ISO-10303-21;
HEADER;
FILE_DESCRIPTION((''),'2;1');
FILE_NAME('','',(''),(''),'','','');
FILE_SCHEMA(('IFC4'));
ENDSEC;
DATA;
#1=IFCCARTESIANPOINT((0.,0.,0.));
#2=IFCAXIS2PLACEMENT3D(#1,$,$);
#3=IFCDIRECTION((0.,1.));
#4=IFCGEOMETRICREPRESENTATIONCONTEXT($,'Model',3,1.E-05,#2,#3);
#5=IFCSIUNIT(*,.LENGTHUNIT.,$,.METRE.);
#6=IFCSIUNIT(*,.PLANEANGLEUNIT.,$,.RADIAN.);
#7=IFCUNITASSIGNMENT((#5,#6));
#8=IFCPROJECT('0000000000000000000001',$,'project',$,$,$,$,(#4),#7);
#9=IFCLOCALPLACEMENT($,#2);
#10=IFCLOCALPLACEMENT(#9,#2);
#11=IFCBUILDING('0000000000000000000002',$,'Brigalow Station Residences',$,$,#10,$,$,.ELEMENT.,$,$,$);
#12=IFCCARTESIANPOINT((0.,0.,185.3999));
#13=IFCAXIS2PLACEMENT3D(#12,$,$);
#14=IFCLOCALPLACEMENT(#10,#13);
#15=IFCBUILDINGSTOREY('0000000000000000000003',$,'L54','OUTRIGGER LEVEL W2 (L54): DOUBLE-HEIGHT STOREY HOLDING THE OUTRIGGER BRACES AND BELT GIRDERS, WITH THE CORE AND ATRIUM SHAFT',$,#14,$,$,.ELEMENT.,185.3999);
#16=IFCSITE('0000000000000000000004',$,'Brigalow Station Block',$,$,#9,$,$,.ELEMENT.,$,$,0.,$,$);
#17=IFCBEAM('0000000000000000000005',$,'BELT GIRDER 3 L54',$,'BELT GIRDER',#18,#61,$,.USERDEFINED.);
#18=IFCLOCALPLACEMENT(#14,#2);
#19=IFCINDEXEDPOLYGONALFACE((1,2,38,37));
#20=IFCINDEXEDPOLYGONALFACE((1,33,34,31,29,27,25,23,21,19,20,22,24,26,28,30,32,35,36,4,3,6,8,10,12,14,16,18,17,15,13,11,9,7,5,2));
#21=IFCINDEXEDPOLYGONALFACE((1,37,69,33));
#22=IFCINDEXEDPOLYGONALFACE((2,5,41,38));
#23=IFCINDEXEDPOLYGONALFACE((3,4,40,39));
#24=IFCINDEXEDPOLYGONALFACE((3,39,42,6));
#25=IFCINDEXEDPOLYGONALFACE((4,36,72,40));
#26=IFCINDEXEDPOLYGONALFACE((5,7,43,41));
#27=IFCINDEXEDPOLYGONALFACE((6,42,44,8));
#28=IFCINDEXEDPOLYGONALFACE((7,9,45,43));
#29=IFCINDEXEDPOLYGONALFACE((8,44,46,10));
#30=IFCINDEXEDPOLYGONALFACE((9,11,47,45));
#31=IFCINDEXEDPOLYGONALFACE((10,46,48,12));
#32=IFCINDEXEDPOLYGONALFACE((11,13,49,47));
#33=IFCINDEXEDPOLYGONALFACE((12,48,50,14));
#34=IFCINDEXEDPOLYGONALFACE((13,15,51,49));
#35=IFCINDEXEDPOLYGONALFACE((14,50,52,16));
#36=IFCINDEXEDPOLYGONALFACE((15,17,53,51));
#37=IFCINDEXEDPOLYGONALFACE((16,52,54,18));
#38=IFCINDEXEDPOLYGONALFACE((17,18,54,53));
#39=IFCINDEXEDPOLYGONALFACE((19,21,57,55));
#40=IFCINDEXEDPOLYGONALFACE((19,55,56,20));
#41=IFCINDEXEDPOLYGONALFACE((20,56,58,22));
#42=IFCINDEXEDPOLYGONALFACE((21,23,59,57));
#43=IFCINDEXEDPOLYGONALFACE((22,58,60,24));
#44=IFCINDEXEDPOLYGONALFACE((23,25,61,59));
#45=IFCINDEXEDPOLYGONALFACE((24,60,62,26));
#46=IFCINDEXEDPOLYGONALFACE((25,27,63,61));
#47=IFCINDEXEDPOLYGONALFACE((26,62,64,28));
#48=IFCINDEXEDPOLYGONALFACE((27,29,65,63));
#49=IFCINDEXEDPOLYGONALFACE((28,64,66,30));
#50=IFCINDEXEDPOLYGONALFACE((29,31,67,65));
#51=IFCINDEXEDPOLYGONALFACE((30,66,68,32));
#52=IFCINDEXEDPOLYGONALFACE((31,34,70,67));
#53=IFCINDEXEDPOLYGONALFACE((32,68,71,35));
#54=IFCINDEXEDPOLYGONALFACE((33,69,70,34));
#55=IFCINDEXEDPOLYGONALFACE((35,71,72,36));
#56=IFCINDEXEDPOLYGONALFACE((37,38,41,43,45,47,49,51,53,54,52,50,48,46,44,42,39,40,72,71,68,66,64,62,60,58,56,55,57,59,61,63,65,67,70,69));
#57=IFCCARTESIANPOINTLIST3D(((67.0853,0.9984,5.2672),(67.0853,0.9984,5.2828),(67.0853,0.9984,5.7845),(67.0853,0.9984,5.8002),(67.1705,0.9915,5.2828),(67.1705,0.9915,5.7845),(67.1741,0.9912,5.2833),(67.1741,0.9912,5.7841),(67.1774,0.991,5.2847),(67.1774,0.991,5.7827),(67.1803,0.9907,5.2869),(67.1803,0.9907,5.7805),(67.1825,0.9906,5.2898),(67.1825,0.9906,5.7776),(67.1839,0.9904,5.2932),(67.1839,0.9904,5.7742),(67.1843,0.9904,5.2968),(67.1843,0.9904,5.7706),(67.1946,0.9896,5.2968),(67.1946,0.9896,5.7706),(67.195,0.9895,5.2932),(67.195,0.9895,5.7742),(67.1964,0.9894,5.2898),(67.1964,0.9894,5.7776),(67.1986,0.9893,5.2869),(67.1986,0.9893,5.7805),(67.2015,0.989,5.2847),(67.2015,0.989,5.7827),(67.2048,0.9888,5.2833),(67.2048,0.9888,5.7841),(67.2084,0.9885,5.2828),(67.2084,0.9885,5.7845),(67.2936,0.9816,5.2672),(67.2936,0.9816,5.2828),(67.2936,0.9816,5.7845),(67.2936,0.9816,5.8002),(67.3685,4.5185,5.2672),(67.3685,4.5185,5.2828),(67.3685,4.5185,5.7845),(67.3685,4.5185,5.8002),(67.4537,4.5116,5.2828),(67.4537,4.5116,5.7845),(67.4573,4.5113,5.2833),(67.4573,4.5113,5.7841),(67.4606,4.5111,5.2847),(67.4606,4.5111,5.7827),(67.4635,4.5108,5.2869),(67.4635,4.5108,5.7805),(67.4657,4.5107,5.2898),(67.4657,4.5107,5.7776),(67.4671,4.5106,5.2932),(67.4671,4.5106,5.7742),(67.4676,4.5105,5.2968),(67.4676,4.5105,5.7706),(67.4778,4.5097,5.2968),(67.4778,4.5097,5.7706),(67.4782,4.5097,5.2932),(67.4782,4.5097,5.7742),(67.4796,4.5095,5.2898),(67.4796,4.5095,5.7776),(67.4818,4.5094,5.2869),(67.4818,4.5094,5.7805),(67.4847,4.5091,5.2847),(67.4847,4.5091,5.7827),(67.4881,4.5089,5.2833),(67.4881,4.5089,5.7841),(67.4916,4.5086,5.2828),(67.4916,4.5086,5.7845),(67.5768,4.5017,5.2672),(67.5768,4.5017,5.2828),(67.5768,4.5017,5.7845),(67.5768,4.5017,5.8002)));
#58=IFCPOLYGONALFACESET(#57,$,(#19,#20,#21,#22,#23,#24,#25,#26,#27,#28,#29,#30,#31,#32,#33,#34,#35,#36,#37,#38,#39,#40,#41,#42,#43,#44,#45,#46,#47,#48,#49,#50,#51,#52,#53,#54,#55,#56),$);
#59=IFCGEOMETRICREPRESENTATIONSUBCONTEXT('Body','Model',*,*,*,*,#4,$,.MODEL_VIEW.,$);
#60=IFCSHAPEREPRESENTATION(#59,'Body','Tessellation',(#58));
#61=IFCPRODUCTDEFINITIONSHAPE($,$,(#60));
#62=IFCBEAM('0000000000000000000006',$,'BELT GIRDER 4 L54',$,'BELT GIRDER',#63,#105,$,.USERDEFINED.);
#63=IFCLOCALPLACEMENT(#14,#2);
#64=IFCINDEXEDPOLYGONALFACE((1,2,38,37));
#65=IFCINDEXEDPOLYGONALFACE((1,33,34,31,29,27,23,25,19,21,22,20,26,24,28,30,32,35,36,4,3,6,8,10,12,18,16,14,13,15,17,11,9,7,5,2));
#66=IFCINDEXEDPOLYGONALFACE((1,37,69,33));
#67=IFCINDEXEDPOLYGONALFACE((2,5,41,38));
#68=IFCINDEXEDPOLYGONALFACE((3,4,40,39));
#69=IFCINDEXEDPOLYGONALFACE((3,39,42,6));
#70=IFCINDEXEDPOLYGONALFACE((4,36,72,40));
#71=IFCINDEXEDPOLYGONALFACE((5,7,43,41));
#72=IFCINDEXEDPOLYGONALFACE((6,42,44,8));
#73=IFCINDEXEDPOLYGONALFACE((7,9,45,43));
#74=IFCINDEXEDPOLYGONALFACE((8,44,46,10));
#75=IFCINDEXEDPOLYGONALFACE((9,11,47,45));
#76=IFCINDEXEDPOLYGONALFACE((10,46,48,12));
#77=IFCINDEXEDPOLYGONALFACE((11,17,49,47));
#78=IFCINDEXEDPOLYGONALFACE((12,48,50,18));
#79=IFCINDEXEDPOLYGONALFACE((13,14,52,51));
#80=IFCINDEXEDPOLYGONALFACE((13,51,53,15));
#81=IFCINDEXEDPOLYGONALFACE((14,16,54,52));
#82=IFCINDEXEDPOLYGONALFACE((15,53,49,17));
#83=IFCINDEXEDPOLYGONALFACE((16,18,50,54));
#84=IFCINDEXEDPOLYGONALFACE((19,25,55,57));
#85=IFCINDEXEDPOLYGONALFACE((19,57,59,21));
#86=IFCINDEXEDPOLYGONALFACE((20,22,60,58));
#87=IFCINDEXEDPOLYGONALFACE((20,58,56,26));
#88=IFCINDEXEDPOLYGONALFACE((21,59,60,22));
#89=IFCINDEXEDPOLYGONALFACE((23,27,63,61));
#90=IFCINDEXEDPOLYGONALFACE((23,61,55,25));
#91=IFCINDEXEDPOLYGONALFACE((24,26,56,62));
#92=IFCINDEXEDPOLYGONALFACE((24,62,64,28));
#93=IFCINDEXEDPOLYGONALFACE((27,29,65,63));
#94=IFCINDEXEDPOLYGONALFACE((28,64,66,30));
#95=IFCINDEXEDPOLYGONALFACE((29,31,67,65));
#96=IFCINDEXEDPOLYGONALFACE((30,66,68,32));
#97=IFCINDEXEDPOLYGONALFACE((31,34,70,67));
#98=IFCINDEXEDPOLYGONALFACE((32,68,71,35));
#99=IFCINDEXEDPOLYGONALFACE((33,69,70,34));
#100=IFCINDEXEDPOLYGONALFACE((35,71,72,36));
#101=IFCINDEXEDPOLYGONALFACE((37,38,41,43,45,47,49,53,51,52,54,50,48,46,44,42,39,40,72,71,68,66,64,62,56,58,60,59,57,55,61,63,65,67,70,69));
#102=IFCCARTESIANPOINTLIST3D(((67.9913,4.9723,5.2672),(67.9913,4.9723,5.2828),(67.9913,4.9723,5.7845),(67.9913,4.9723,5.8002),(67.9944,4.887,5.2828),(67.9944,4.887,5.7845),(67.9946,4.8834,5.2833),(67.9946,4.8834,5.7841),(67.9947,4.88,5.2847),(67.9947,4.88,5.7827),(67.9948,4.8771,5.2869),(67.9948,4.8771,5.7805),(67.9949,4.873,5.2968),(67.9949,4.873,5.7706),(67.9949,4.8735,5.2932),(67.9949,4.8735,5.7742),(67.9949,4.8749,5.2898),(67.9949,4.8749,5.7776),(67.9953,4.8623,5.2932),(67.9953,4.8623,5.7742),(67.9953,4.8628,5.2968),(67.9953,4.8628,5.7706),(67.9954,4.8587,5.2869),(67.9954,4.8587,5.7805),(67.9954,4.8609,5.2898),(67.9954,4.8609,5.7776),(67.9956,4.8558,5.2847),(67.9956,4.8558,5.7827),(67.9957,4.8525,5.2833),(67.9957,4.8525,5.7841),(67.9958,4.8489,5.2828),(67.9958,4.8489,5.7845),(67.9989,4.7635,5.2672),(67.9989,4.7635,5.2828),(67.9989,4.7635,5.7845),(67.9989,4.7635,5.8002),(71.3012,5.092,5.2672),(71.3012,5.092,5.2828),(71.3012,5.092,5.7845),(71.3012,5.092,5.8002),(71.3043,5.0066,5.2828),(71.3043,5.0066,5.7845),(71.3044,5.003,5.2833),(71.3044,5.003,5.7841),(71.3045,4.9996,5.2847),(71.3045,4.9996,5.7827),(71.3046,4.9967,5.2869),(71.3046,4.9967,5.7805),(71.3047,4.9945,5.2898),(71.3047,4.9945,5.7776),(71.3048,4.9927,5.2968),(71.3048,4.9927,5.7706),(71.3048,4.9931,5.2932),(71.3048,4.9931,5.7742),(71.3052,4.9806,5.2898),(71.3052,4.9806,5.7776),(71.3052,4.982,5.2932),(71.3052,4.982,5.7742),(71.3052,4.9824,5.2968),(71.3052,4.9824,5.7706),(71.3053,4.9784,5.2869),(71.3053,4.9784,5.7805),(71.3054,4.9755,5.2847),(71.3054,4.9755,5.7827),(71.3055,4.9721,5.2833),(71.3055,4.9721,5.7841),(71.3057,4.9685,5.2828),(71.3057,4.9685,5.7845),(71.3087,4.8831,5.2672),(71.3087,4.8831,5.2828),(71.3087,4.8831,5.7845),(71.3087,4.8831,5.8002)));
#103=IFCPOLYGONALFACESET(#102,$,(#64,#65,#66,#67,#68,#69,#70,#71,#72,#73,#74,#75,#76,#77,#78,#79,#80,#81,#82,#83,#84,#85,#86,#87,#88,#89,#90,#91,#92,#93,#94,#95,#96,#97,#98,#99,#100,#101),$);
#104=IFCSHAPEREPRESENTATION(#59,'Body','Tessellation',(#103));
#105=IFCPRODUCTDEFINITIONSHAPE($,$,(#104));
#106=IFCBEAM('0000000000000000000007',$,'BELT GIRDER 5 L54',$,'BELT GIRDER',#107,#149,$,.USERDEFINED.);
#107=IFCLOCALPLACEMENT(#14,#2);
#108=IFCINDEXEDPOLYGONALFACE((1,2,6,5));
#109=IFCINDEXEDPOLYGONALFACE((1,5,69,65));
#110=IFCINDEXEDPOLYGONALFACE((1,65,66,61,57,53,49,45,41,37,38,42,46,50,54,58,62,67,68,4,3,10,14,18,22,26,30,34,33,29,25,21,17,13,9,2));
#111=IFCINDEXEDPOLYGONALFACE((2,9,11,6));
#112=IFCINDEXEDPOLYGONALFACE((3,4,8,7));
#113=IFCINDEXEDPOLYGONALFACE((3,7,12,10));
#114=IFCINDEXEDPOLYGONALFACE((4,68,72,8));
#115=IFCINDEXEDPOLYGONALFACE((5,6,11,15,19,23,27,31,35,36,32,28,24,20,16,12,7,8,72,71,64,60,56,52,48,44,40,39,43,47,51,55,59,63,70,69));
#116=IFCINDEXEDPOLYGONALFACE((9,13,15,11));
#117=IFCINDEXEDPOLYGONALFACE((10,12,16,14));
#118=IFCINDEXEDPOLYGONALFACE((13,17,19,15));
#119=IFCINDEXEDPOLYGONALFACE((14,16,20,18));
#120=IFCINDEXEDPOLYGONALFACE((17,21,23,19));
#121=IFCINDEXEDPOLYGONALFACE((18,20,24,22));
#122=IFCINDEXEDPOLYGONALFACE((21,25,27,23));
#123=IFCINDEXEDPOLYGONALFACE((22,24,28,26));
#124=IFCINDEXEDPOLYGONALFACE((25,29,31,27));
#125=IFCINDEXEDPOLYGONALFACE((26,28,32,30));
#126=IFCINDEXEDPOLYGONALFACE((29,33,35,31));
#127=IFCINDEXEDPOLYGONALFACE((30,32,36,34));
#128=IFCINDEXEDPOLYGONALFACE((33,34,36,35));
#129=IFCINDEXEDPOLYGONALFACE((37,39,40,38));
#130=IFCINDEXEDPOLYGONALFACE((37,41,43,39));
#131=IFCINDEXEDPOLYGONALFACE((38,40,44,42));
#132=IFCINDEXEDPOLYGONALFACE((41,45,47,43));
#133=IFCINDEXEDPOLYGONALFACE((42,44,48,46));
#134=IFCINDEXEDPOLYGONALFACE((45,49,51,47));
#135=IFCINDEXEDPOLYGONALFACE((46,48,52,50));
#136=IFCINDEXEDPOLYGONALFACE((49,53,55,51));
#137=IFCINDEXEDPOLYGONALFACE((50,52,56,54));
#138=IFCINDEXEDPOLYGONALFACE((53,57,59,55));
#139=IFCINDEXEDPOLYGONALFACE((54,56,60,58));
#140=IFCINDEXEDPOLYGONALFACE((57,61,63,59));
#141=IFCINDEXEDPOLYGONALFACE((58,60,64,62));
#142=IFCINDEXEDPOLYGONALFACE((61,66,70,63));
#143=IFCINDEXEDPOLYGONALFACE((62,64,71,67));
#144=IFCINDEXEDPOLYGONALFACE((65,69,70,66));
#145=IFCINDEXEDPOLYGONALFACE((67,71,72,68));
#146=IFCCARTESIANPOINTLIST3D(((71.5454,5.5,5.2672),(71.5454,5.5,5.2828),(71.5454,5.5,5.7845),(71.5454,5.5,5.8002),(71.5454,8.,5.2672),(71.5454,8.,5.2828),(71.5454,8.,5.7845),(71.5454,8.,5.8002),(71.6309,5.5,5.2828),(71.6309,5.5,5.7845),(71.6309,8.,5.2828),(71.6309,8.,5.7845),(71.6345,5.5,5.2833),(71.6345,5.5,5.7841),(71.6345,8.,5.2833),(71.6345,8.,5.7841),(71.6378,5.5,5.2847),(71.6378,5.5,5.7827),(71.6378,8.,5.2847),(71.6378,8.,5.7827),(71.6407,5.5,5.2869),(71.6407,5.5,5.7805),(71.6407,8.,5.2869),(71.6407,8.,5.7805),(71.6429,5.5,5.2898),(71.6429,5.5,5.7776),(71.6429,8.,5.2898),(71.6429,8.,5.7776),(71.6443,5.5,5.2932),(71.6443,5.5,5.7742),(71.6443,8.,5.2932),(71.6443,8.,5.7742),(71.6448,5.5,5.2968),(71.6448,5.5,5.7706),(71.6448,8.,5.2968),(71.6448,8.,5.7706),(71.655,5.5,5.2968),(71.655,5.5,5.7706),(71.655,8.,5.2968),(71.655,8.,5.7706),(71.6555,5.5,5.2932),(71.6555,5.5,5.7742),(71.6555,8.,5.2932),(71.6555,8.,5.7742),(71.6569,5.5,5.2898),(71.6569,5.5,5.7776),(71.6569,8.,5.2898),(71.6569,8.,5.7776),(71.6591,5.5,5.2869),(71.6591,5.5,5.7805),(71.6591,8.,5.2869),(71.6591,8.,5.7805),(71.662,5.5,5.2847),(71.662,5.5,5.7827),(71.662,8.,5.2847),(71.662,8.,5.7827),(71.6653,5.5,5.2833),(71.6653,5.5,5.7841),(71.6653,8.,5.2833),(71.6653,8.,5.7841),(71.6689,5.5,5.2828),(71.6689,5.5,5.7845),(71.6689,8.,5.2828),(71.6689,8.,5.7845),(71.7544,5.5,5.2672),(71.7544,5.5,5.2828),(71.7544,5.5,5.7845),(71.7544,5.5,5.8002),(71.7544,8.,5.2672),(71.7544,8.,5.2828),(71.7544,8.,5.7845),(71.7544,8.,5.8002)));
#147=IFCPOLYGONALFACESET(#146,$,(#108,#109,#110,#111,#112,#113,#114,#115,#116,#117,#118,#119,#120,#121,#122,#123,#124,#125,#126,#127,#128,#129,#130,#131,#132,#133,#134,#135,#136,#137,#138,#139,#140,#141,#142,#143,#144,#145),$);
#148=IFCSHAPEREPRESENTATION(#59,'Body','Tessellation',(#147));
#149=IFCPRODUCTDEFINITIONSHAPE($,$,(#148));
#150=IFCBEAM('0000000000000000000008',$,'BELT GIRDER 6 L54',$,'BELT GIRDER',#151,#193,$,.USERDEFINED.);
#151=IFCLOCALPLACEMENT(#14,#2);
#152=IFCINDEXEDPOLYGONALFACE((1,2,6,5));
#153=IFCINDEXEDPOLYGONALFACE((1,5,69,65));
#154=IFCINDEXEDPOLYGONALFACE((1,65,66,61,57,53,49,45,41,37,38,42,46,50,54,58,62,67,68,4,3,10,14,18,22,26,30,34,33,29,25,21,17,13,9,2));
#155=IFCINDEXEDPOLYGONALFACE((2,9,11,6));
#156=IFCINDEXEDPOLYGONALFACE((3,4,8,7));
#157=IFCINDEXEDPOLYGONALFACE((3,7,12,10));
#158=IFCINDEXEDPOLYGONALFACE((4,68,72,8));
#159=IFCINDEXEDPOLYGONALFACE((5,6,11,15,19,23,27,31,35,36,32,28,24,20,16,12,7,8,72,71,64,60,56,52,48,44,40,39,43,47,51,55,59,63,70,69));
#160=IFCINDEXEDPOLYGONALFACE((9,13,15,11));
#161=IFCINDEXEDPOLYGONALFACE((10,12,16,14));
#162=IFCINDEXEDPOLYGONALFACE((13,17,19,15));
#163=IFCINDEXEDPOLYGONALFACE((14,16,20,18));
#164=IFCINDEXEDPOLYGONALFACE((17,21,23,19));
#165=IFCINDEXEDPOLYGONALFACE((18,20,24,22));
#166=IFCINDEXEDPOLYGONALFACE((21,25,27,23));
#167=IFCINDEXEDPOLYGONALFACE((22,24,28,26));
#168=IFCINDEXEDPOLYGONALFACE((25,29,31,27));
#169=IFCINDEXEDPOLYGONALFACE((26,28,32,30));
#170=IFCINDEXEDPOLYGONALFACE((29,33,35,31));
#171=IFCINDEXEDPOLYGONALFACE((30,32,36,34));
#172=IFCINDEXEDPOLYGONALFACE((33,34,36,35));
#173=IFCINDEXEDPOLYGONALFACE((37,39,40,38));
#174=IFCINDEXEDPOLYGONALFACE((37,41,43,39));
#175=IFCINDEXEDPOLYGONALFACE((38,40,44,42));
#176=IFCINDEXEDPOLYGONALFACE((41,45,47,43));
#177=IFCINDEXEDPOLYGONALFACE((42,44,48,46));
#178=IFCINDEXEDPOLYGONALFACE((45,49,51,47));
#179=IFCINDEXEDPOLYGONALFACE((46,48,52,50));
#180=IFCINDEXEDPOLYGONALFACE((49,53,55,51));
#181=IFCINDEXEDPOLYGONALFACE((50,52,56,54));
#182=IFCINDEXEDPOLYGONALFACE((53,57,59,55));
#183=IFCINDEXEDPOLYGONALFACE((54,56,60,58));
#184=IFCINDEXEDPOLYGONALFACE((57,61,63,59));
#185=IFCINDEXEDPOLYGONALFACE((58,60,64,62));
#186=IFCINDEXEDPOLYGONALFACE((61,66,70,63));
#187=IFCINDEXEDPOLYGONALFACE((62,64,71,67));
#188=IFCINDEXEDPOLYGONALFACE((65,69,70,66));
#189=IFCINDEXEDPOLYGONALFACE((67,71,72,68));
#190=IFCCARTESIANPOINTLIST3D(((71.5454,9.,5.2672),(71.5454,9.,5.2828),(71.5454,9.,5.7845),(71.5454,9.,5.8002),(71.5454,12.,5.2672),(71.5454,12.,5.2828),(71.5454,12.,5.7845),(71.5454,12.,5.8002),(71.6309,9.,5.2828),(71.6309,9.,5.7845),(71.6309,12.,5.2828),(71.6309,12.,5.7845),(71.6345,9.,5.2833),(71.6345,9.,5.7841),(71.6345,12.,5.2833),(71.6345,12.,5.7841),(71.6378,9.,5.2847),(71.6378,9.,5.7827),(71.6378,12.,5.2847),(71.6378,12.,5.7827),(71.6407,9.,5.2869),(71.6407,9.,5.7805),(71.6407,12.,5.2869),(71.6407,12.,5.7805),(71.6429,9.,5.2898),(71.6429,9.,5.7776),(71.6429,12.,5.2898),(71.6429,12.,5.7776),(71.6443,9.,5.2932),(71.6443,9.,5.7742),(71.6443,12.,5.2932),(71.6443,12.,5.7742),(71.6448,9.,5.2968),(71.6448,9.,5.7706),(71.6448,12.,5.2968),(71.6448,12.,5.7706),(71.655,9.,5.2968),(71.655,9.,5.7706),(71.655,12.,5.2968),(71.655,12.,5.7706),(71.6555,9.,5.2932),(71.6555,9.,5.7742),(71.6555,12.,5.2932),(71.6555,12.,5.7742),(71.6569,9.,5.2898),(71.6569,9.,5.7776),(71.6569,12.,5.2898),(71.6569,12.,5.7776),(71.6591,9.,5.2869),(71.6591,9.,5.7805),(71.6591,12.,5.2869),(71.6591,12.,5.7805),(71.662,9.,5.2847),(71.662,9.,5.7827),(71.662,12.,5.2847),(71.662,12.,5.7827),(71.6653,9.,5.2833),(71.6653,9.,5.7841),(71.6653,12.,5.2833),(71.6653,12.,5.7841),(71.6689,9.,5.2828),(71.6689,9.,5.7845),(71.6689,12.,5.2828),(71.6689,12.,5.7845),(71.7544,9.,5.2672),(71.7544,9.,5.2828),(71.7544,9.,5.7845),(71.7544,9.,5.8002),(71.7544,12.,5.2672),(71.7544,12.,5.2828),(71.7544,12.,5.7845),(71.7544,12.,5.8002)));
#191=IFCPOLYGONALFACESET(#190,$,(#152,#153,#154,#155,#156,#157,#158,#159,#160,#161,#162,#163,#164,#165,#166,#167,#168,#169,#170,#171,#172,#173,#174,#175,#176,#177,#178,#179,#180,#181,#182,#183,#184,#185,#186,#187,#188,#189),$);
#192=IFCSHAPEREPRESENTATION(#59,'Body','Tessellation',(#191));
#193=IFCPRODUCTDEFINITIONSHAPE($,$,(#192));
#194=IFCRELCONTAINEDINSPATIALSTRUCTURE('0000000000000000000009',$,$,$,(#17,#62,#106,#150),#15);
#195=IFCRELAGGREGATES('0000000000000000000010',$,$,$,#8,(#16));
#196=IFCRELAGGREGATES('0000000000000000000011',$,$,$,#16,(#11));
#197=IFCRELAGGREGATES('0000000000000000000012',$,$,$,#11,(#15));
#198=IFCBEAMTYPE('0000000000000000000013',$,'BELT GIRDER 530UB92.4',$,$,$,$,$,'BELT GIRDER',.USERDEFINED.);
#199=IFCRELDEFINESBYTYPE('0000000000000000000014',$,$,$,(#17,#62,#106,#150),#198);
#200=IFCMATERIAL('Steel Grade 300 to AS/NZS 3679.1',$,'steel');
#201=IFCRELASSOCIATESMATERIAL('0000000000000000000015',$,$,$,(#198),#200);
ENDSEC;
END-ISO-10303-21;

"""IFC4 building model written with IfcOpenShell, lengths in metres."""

from ifc_helpers import new_model, si_unit, direction, frame, origin, origin_2d, place, context, subcontext, project, spatial, i_section, extrude, material, material_profile, profile_set, type_object, element, save


model = new_model("IFC4")

# Units and contexts
model_context = context("Model", 3, precision=1e-05, world=origin(), true_north=direction((0.0, 1.0)))
body_context = subcontext(model_context, "Body", "Model", "MODEL_VIEW")
ifc_project = project(units=[si_unit("LENGTHUNIT", "METRE"), si_unit("PLANEANGLEUNIT", "RADIAN")], contexts=[model_context])

# Site, building, storey
site_placement = place(None, origin())
site = spatial("IfcSite", under=ifc_project, at=site_placement, Name="Brigalow Station Block", CompositionType="ELEMENT", RefElevation=0.0)
building_placement = place(site_placement, origin())
building = spatial("IfcBuilding", under=site, at=building_placement, Name="Brigalow Station Residences", CompositionType="ELEMENT")
storey_placement = place(building_placement, frame((0.0, 0.0, 185.3999)))
storey = spatial("IfcBuildingStorey", under=building, at=storey_placement, Name="L54", Description="OUTRIGGER LEVEL W2 (L54): DOUBLE-HEIGHT STOREY HOLDING THE OUTRIGGER BRACES AND BELT GIRDERS, WITH THE CORE AND ATRIUM SHAFT", CompositionType="ELEMENT", Elevation=185.3999)

# Beams
ifc_material_1 = material(Name="Steel Grade 300 to AS/NZS 3679.1", Category="steel")
ifc_material_profile_1 = material_profile(ifc_material_1, i_section(OverallWidth=0.209, OverallDepth=0.533, WebThickness=0.0103, FlangeThickness=0.0156, FilletRadius=0.0139, at=origin_2d()), Name="530UB92.4")
ifc_profile_set_1 = profile_set([ifc_material_profile_1], Name="Steel Grade 300 to AS/NZS 3679.1")
beam_type = type_object("IfcBeamType", Name="BELT GIRDER 530UB92.4", ElementType="BELT GIRDER", PredefinedType="USERDEFINED", material=ifc_profile_set_1)
beam_1_placement = place(storey_placement, frame((67.1895, 0.99, 5.5337), z_axis=(0.080196, 0.996779, 0.0), x_axis=(-0.996779, 0.080196, 0.0)))
element("IfcBeam", 1, at=beam_1_placement, inside=storey, type_object=beam_type, Name="BELT GIRDER 3 L54", ObjectType="BELT GIRDER", PredefinedType="USERDEFINED", context=body_context, shape_type="SweptSolid", body=[
    extrude(i_section(OverallWidth=0.209, OverallDepth=0.533, WebThickness=0.0103, FlangeThickness=0.0156, FilletRadius=0.0139, at=origin_2d()), origin(), (0.0, 0.0, 1.0), 3.5315),
])
beam_2_placement = place(storey_placement, frame((67.9951, 4.8679, 5.5337), z_axis=(0.999347, 0.03612, 0.0), x_axis=(-0.03612, 0.999347, 0.0)))
element("IfcBeam", 2, at=beam_2_placement, inside=storey, type_object=beam_type, Name="BELT GIRDER 4 L54", ObjectType="BELT GIRDER", PredefinedType="USERDEFINED", context=body_context, shape_type="SweptSolid", body=[
    extrude(i_section(OverallWidth=0.209, OverallDepth=0.533, WebThickness=0.0103, FlangeThickness=0.0156, FilletRadius=0.0139, at=origin_2d()), origin(), (0.0, 0.0, 1.0), 3.312),
])
beam_3_placement = place(storey_placement, frame((71.6499, 5.5, 5.5337), z_axis=(0.0, 1.0, 0.0), x_axis=(-1.0, 0.0, 0.0)))
element("IfcBeam", 3, at=beam_3_placement, inside=storey, type_object=beam_type, Name="BELT GIRDER 5 L54", ObjectType="BELT GIRDER", PredefinedType="USERDEFINED", context=body_context, shape_type="SweptSolid", body=[
    extrude(i_section(OverallWidth=0.209, OverallDepth=0.533, WebThickness=0.0103, FlangeThickness=0.0156, FilletRadius=0.0139, at=origin_2d()), origin(), (0.0, 0.0, 1.0), 2.5),
])
beam_4_placement = place(storey_placement, frame((71.6499, 9.0, 5.5337), z_axis=(0.0, 1.0, 0.0), x_axis=(-1.0, 0.0, 0.0)))
element("IfcBeam", 4, at=beam_4_placement, inside=storey, type_object=beam_type, Name="BELT GIRDER 6 L54", ObjectType="BELT GIRDER", PredefinedType="USERDEFINED", context=body_context, shape_type="SweptSolid", body=[
    extrude(i_section(OverallWidth=0.209, OverallDepth=0.533, WebThickness=0.0103, FlangeThickness=0.0156, FilletRadius=0.0139, at=origin_2d()), origin(), (0.0, 0.0, 1.0), 3.0),
])

save(model, "model.ifc")
